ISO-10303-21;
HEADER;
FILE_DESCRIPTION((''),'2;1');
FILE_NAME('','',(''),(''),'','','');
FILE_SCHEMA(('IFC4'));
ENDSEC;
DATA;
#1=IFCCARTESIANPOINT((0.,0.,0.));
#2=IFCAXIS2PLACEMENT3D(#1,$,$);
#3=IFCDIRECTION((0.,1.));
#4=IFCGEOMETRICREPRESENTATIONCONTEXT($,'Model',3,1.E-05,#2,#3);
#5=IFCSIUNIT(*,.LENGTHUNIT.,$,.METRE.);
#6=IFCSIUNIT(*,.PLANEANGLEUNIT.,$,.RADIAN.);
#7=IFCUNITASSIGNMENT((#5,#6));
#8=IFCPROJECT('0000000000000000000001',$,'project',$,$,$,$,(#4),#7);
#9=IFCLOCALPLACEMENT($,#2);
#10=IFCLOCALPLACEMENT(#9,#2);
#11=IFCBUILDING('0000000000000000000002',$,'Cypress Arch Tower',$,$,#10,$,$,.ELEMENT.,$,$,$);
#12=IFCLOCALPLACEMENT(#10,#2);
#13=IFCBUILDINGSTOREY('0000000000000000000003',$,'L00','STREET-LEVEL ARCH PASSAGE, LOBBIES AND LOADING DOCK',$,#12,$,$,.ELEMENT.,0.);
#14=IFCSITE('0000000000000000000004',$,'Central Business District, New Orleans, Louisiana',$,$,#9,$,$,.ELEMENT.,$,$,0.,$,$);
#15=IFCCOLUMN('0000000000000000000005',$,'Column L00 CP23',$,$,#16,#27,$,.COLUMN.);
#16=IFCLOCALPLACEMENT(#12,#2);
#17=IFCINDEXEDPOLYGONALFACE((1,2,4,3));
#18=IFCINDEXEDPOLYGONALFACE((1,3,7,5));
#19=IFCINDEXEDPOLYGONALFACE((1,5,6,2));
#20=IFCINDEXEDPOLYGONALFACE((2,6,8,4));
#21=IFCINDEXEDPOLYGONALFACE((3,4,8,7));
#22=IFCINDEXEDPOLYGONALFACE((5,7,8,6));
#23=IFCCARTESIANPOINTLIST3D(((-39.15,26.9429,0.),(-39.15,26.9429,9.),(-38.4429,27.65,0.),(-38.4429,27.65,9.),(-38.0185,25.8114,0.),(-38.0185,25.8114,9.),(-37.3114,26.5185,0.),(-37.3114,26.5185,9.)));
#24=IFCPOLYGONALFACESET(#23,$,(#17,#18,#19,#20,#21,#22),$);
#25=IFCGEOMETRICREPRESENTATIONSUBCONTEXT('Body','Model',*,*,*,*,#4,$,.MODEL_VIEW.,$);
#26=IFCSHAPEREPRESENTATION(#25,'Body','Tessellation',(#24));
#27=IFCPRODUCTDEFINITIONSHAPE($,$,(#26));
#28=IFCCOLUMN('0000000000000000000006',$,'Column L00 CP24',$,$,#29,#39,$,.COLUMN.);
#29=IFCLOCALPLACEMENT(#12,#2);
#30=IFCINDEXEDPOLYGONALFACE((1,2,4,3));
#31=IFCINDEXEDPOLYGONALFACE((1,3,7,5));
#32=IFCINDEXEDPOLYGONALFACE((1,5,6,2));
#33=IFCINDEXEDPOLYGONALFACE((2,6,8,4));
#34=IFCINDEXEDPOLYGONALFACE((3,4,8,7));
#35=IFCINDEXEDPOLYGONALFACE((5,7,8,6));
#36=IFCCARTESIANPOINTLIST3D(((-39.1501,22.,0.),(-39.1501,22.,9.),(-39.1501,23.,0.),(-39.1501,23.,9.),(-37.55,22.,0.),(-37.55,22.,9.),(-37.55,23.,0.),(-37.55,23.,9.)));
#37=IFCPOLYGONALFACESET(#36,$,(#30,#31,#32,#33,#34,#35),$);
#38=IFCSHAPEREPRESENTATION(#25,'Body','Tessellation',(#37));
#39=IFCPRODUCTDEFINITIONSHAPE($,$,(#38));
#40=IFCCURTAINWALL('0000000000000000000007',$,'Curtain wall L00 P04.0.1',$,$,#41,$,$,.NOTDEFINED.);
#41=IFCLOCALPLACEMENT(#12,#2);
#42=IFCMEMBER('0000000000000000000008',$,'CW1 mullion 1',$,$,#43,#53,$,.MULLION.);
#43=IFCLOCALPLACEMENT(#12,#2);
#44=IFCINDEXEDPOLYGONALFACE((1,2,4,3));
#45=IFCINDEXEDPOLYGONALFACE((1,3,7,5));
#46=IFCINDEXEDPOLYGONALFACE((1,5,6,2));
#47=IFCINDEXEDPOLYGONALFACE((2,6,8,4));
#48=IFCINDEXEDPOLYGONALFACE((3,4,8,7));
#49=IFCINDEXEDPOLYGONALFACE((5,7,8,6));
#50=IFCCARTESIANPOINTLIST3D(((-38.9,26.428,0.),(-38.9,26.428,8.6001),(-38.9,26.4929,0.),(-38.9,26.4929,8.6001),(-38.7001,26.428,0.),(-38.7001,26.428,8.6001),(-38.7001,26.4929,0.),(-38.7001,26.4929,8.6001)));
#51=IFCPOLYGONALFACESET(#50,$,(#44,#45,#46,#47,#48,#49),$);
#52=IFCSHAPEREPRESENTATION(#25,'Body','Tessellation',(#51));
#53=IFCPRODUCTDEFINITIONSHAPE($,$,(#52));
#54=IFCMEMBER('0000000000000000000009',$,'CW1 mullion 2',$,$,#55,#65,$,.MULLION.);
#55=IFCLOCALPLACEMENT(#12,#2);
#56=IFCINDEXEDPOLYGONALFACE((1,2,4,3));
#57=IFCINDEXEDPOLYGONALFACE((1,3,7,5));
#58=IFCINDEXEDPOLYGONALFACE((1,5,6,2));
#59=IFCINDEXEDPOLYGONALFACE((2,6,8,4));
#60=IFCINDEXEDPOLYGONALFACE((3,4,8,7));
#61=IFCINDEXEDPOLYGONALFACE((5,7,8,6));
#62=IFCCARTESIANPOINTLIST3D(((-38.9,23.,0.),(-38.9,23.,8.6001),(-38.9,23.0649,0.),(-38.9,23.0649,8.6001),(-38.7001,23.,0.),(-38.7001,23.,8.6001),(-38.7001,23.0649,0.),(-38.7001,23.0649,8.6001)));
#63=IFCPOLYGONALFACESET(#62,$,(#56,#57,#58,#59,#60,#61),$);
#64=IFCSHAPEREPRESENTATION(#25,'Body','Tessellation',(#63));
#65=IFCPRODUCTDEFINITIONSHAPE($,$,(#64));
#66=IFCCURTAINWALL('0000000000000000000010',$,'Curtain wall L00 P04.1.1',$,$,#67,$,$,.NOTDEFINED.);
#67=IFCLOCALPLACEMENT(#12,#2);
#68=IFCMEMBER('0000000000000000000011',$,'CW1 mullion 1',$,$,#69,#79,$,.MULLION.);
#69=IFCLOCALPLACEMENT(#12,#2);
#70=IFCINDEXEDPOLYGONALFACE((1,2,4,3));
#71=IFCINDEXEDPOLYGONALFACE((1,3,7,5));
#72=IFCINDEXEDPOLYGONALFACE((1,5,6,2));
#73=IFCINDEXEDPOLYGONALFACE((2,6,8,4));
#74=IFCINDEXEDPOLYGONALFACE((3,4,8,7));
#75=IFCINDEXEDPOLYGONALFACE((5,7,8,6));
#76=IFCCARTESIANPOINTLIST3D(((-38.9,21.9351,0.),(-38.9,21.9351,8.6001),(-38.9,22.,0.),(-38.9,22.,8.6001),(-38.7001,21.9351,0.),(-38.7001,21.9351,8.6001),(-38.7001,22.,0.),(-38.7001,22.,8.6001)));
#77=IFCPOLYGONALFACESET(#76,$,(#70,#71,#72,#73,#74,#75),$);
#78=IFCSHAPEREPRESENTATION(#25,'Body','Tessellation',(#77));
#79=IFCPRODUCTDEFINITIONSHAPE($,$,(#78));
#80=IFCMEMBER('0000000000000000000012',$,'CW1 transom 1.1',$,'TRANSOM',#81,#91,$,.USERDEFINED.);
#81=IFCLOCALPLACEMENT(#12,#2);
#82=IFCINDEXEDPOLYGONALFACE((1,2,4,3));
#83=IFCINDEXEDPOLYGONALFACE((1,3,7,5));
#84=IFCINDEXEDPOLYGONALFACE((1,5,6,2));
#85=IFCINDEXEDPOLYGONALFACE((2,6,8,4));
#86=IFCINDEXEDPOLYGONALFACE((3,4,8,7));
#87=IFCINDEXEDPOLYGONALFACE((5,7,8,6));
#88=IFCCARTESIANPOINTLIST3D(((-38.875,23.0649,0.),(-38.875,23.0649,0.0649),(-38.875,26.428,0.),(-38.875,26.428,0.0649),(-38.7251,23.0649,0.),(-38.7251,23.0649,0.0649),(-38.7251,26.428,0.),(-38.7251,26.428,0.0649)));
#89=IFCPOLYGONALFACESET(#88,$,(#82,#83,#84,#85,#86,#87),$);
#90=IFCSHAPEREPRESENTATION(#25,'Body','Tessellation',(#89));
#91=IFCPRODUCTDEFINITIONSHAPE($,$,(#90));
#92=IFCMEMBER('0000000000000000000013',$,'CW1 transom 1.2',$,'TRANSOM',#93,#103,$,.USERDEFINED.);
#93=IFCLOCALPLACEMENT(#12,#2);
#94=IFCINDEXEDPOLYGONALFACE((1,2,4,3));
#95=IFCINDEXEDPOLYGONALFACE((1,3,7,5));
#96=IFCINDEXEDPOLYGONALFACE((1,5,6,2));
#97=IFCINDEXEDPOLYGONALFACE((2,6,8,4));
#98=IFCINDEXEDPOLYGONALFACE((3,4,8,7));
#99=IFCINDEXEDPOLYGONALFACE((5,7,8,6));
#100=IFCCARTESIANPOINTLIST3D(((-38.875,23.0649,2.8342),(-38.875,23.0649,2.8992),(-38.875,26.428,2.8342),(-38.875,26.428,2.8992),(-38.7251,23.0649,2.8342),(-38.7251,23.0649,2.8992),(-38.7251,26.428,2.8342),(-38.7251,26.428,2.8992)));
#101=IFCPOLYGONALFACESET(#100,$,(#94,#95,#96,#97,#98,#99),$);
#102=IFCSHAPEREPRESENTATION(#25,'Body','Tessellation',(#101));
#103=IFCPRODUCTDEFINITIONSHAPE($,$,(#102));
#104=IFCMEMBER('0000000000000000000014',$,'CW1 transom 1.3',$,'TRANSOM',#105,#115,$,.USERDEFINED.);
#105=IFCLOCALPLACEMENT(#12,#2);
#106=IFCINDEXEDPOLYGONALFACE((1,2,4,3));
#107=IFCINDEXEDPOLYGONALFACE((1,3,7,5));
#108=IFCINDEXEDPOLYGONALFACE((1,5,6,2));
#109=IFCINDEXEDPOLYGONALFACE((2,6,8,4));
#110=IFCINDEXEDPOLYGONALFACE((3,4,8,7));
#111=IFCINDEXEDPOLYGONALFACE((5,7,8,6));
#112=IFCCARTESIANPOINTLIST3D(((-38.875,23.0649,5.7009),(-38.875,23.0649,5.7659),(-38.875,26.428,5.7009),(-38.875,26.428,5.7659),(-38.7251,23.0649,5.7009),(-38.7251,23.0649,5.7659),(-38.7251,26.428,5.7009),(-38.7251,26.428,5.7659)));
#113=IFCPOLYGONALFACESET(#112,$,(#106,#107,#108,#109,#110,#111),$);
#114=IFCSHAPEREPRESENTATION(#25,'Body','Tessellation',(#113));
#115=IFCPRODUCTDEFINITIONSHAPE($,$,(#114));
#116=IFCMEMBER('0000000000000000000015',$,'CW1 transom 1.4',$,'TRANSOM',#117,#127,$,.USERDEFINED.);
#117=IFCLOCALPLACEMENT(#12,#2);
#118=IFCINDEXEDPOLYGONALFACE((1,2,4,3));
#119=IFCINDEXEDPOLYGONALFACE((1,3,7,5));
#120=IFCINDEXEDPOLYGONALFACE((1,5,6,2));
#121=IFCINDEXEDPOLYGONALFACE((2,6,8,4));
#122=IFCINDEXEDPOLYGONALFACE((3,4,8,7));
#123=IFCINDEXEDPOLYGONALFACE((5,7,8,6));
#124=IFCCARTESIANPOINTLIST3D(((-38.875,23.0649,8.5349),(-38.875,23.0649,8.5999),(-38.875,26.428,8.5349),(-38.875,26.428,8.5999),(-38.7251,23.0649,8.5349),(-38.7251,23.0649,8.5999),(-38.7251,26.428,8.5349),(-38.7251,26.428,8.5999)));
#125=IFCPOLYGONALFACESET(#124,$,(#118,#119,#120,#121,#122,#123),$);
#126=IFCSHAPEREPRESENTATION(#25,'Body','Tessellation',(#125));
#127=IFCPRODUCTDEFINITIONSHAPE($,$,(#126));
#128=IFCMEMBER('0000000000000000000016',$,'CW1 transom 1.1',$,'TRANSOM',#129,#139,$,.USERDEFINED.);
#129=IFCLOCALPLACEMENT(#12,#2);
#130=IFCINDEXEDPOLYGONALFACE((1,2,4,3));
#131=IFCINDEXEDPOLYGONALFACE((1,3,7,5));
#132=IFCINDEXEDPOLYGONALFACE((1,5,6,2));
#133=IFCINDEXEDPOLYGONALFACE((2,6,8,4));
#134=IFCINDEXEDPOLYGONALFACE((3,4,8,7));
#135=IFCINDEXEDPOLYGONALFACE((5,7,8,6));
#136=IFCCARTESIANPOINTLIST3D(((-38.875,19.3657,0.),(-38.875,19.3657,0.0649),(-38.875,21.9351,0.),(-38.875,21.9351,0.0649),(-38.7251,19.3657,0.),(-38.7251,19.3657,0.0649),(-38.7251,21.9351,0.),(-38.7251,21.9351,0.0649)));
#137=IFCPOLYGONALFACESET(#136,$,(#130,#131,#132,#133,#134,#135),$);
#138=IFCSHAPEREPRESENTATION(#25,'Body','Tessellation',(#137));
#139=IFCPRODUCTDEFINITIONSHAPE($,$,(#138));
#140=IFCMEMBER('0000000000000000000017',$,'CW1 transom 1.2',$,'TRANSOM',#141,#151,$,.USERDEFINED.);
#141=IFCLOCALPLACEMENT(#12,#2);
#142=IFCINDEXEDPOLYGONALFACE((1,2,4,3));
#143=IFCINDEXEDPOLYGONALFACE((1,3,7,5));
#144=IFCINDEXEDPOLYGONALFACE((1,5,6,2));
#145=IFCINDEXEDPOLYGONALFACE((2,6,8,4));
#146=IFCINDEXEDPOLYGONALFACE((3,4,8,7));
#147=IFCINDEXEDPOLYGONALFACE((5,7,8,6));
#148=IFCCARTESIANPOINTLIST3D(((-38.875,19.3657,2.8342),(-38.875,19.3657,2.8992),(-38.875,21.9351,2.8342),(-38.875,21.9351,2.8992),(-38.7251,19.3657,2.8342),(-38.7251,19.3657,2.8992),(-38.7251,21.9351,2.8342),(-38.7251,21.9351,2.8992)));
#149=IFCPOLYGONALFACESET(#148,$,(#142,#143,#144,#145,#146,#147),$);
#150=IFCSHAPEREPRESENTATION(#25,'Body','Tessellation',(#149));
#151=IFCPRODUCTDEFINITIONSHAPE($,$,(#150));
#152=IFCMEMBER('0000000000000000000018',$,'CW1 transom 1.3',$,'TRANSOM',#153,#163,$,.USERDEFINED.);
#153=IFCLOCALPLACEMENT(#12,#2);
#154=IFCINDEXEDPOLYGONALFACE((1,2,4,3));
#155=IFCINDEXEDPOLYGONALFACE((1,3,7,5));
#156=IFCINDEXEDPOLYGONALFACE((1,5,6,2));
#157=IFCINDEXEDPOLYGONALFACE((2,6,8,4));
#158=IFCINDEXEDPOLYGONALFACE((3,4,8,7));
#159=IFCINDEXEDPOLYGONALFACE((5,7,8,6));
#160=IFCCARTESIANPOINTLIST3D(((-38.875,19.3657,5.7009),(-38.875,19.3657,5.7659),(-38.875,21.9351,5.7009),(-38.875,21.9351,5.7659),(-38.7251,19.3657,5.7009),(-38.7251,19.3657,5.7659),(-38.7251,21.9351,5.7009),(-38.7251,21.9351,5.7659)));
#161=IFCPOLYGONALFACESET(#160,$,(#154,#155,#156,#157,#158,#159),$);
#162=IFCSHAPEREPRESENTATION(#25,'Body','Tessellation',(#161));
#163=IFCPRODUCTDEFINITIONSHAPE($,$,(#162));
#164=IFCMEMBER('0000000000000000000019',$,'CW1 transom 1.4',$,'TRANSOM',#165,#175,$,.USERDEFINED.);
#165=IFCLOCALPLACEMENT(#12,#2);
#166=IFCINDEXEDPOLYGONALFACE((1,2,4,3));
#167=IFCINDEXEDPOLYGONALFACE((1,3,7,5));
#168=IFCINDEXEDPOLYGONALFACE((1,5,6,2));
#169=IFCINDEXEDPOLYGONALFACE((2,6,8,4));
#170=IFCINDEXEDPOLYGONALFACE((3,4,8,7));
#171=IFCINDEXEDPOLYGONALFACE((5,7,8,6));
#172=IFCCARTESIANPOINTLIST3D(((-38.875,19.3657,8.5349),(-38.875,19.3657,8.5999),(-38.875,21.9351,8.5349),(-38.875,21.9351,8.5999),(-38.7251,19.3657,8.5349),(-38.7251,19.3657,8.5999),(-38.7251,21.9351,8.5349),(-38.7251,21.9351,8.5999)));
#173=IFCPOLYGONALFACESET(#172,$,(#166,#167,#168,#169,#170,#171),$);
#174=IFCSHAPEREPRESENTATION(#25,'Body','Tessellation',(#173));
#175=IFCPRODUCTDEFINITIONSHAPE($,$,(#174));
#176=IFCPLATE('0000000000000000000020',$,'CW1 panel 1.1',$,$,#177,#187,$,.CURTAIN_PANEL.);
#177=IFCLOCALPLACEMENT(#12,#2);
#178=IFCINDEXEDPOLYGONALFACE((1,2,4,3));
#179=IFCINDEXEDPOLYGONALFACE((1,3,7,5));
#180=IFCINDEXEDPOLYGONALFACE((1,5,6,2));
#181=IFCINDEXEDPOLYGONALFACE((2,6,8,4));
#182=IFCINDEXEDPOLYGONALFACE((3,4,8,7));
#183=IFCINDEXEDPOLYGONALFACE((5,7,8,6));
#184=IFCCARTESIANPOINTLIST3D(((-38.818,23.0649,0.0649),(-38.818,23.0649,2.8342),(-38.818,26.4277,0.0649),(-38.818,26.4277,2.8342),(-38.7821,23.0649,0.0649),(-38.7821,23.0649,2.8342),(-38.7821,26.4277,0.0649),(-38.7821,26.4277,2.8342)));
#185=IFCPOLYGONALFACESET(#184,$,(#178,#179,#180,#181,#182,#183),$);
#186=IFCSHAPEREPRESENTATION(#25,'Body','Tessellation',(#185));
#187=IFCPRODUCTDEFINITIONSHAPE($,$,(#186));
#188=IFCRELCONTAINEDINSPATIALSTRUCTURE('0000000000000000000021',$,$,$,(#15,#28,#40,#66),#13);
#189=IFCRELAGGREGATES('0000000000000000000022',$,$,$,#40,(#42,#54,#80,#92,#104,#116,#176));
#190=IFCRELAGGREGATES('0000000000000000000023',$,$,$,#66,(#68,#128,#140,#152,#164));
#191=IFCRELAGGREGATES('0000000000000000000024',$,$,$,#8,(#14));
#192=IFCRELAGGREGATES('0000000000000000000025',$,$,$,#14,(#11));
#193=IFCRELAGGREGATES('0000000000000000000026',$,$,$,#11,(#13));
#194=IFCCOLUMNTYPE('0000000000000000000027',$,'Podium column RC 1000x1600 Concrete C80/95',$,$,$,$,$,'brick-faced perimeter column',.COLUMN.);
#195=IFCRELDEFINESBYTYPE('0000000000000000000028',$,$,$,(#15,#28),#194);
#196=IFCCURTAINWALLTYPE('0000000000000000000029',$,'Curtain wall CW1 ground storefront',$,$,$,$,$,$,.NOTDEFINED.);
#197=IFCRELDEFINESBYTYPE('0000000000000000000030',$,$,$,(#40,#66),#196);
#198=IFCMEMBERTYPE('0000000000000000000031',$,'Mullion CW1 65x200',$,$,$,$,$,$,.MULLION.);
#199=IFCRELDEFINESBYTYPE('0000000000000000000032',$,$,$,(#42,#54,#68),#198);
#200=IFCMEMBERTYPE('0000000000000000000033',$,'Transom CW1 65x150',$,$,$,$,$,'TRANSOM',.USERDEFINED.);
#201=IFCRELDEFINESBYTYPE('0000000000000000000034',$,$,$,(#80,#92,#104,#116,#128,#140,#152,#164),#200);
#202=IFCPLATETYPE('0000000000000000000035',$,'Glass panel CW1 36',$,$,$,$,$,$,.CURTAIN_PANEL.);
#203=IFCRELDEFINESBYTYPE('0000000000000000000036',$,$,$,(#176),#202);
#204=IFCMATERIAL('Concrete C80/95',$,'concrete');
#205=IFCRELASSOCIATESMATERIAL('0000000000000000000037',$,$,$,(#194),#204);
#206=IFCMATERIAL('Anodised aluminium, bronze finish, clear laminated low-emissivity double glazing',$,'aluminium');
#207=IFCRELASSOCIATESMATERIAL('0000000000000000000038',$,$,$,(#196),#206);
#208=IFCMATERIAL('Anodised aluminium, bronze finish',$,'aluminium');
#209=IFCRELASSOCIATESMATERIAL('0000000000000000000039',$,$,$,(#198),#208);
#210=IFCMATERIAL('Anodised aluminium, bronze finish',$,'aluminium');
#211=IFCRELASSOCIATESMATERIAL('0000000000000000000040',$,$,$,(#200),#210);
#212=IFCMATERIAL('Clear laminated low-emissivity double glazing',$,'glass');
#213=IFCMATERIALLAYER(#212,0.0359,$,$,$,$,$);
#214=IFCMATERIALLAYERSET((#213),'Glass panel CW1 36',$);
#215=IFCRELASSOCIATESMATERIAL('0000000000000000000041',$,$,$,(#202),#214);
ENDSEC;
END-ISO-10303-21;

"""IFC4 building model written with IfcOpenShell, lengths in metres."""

from ifc_helpers import new_model, si_unit, direction, frame, origin, origin_2d, place, context, subcontext, project, spatial, rectangle, extrude, material, layer, layer_set, material_profile, profile_set, type_object, element, aggregate, save


model = new_model("IFC4")

# Units and contexts
model_context = context("Model", 3, precision=1e-05, world=origin(), true_north=direction((0.0, 1.0)))
body_context = subcontext(model_context, "Body", "Model", "MODEL_VIEW")
ifc_project = project(units=[si_unit("LENGTHUNIT", "METRE"), si_unit("PLANEANGLEUNIT", "RADIAN")], contexts=[model_context])

# Site, building, storey
site_placement = place(None, origin())
site = spatial("IfcSite", under=ifc_project, at=site_placement, Name="Central Business District, New Orleans, Louisiana", CompositionType="ELEMENT", RefElevation=0.0)
building_placement = place(site_placement, origin())
building = spatial("IfcBuilding", under=site, at=building_placement, Name="Cypress Arch Tower", CompositionType="ELEMENT")
storey_placement = place(building_placement, origin())
storey = spatial("IfcBuildingStorey", under=building, at=storey_placement, Name="L00", Description="STREET-LEVEL ARCH PASSAGE, LOBBIES AND LOADING DOCK", CompositionType="ELEMENT", Elevation=0.0)

# Columns
ifc_material_1 = material(Name="Concrete C80/95", Category="concrete")
ifc_material_profile_1 = material_profile(ifc_material_1, rectangle(XDim=1.0, YDim=1.6001, at=origin_2d()), Name="RC 1000x1600")
ifc_profile_set_1 = profile_set([ifc_material_profile_1], Name="Concrete C80/95")
column_type = type_object("IfcColumnType", Name="Podium column RC 1000x1600 Concrete C80/95", ElementType="brick-faced perimeter column", PredefinedType="COLUMN", material=ifc_profile_set_1)
for number, where, z_axis, x_axis, name in (
    (1, (-38.2307, 26.7307, 0.0), (0.0, 0.0, 1.0), (-0.707107, -0.707107, 0.0), "Column L00 CP23"),
    (2, (-38.3501, 22.5, 0.0), (0.0, 0.0, 1.0), (0.0, -1.0, 0.0), "Column L00 CP24"),
):
    element("IfcColumn", number, at=place(storey_placement, frame(where, z_axis=z_axis, x_axis=x_axis)), inside=storey, type_object=column_type, Name=name, PredefinedType="COLUMN", context=body_context, shape_type="SweptSolid", body=[
        extrude(rectangle(XDim=1.0, YDim=1.6001, at=origin_2d()), origin(), (0.0, 0.0, 1.0), 9.0),
    ])

# Curtain wall, members
ifc_material_2 = material(Name="Anodised aluminium, bronze finish, clear laminated low-emissivity double glazing", Category="aluminium")
curtain_wall_type = type_object("IfcCurtainWallType", Name="Curtain wall CW1 ground storefront", PredefinedType="NOTDEFINED", material=ifc_material_2)
curtain_wall_1_placement = place(storey_placement, origin())
curtain_wall_1 = element("IfcCurtainWall", 3, at=curtain_wall_1_placement, inside=storey, type_object=curtain_wall_type, Name="Curtain wall L00 P04.0.1", PredefinedType="NOTDEFINED")
ifc_material_3 = material(Name="Anodised aluminium, bronze finish", Category="aluminium")
ifc_material_profile_2 = material_profile(ifc_material_3, rectangle(XDim=0.2, YDim=0.0649, at=origin_2d()), Name="Mullion 65x200")
ifc_profile_set_2 = profile_set([ifc_material_profile_2], Name="Anodised aluminium, bronze finish")
member_type_1 = type_object("IfcMemberType", Name="Mullion CW1 65x200", PredefinedType="MULLION", material=ifc_profile_set_2)
member_1_placement = place(storey_placement, frame((-38.8, 26.4604, 0.0), z_axis=(0.0, 0.0, 1.0), x_axis=(1.0, 0.0, 0.0)))
member_1 = element("IfcMember", 4, at=member_1_placement, type_object=member_type_1, Name="CW1 mullion 1", PredefinedType="MULLION", context=body_context, shape_type="SweptSolid", body=[
    extrude(rectangle(XDim=0.2, YDim=0.0649, at=origin_2d()), origin(), (0.0, 0.0, 1.0), 8.6001),
])
member_2_placement = place(storey_placement, frame((-38.8, 23.0325, 0.0), z_axis=(0.0, 0.0, 1.0), x_axis=(1.0, 0.0, 0.0)))
member_2 = element("IfcMember", 5, at=member_2_placement, type_object=member_type_1, Name="CW1 mullion 2", PredefinedType="MULLION", context=body_context, shape_type="SweptSolid", body=[
    extrude(rectangle(XDim=0.2, YDim=0.0649, at=origin_2d()), origin(), (0.0, 0.0, 1.0), 8.6001),
])

# Curtain wall, member
curtain_wall_2_placement = place(storey_placement, origin())
curtain_wall_2 = element("IfcCurtainWall", 6, at=curtain_wall_2_placement, inside=storey, type_object=curtain_wall_type, Name="Curtain wall L00 P04.1.1", PredefinedType="NOTDEFINED")
member_3_placement = place(storey_placement, frame((-38.8, 21.9675, 0.0), z_axis=(0.0, 0.0, 1.0), x_axis=(1.0, 0.0, 0.0)))
member_3 = element("IfcMember", 7, at=member_3_placement, type_object=member_type_1, Name="CW1 mullion 1", PredefinedType="MULLION", context=body_context, shape_type="SweptSolid", body=[
    extrude(rectangle(XDim=0.2, YDim=0.0649, at=origin_2d()), origin(), (0.0, 0.0, 1.0), 8.6001),
])

# Members
ifc_material_4 = material(Name="Anodised aluminium, bronze finish", Category="aluminium")
ifc_material_profile_3 = material_profile(ifc_material_4, rectangle(XDim=0.1499, YDim=0.0649, at=origin_2d()), Name="Transom 65x150")
ifc_profile_set_3 = profile_set([ifc_material_profile_3], Name="Anodised aluminium, bronze finish")
member_type_2 = type_object("IfcMemberType", Name="Transom CW1 65x150", ElementType="TRANSOM", PredefinedType="USERDEFINED", material=ifc_profile_set_3)
member_4_placement = place(storey_placement, frame((-38.8, 26.428, 0.0325), z_axis=(0.0, -1.0, 0.0), x_axis=(1.0, 0.0, 0.0)))
member_4 = element("IfcMember", 8, at=member_4_placement, type_object=member_type_2, Name="CW1 transom 1.1", ObjectType="TRANSOM", PredefinedType="USERDEFINED", context=body_context, shape_type="SweptSolid", body=[
    extrude(rectangle(XDim=0.1499, YDim=0.0649, at=origin_2d()), origin(), (0.0, 0.0, 1.0), 3.363),
])
member_5_placement = place(storey_placement, frame((-38.8, 26.428, 2.8667), z_axis=(0.0, -1.0, 0.0), x_axis=(1.0, 0.0, 0.0)))
member_5 = element("IfcMember", 9, at=member_5_placement, type_object=member_type_2, Name="CW1 transom 1.2", ObjectType="TRANSOM", PredefinedType="USERDEFINED", context=body_context, shape_type="SweptSolid", body=[
    extrude(rectangle(XDim=0.1499, YDim=0.0649, at=origin_2d()), origin(), (0.0, 0.0, 1.0), 3.363),
])
member_6_placement = place(storey_placement, frame((-38.8, 26.428, 5.7334), z_axis=(0.0, -1.0, 0.0), x_axis=(1.0, 0.0, 0.0)))
member_6 = element("IfcMember", 10, at=member_6_placement, type_object=member_type_2, Name="CW1 transom 1.3", ObjectType="TRANSOM", PredefinedType="USERDEFINED", context=body_context, shape_type="SweptSolid", body=[
    extrude(rectangle(XDim=0.1499, YDim=0.0649, at=origin_2d()), origin(), (0.0, 0.0, 1.0), 3.363),
])
member_7_placement = place(storey_placement, frame((-38.8, 26.428, 8.5674), z_axis=(0.0, -1.0, 0.0), x_axis=(1.0, 0.0, 0.0)))
member_7 = element("IfcMember", 11, at=member_7_placement, type_object=member_type_2, Name="CW1 transom 1.4", ObjectType="TRANSOM", PredefinedType="USERDEFINED", context=body_context, shape_type="SweptSolid", body=[
    extrude(rectangle(XDim=0.1499, YDim=0.0649, at=origin_2d()), origin(), (0.0, 0.0, 1.0), 3.363),
])
member_8_placement = place(storey_placement, frame((-38.8, 21.9351, 0.0325), z_axis=(0.0, -1.0, 0.0), x_axis=(1.0, 0.0, 0.0)))
member_8 = element("IfcMember", 12, at=member_8_placement, type_object=member_type_2, Name="CW1 transom 1.1", ObjectType="TRANSOM", PredefinedType="USERDEFINED", context=body_context, shape_type="SweptSolid", body=[
    extrude(rectangle(XDim=0.1499, YDim=0.0649, at=origin_2d()), origin(), (0.0, 0.0, 1.0), 2.5693),
])
member_9_placement = place(storey_placement, frame((-38.8, 21.9351, 2.8667), z_axis=(0.0, -1.0, 0.0), x_axis=(1.0, 0.0, 0.0)))
member_9 = element("IfcMember", 13, at=member_9_placement, type_object=member_type_2, Name="CW1 transom 1.2", ObjectType="TRANSOM", PredefinedType="USERDEFINED", context=body_context, shape_type="SweptSolid", body=[
    extrude(rectangle(XDim=0.1499, YDim=0.0649, at=origin_2d()), origin(), (0.0, 0.0, 1.0), 2.5693),
])
member_10_placement = place(storey_placement, frame((-38.8, 21.9351, 5.7334), z_axis=(0.0, -1.0, 0.0), x_axis=(1.0, 0.0, 0.0)))
member_10 = element("IfcMember", 14, at=member_10_placement, type_object=member_type_2, Name="CW1 transom 1.3", ObjectType="TRANSOM", PredefinedType="USERDEFINED", context=body_context, shape_type="SweptSolid", body=[
    extrude(rectangle(XDim=0.1499, YDim=0.0649, at=origin_2d()), origin(), (0.0, 0.0, 1.0), 2.5693),
])
member_11_placement = place(storey_placement, frame((-38.8, 21.9351, 8.5674), z_axis=(0.0, -1.0, 0.0), x_axis=(1.0, 0.0, 0.0)))
member_11 = element("IfcMember", 15, at=member_11_placement, type_object=member_type_2, Name="CW1 transom 1.4", ObjectType="TRANSOM", PredefinedType="USERDEFINED", context=body_context, shape_type="SweptSolid", body=[
    extrude(rectangle(XDim=0.1499, YDim=0.0649, at=origin_2d()), origin(), (0.0, 0.0, 1.0), 2.5693),
])

# Plate
ifc_material_5 = material(Name="Clear laminated low-emissivity double glazing", Category="glass")
ifc_layer_1 = layer(ifc_material_5, 0.0359)
ifc_layer_set_1 = layer_set([ifc_layer_1], Name="Glass panel CW1 36")
plate_type = type_object("IfcPlateType", Name="Glass panel CW1 36", PredefinedType="CURTAIN_PANEL", material=ifc_layer_set_1)
plate_1_placement = place(storey_placement, frame((-38.8, 24.7463, 0.0649), z_axis=(0.0, 0.0, 1.0), x_axis=(0.0, -1.0, 0.0)))
plate_1 = element("IfcPlate", 16, at=plate_1_placement, type_object=plate_type, Name="CW1 panel 1.1", PredefinedType="CURTAIN_PANEL", context=body_context, shape_type="SweptSolid", body=[
    extrude(rectangle(XDim=3.3628, YDim=0.0359, at=origin_2d()), origin(), (0.0, 0.0, 1.0), 2.7693),
])
aggregate(curtain_wall_1, [member_1, member_2, member_4, member_5, member_6, member_7, plate_1])
aggregate(curtain_wall_2, [member_3, member_8, member_9, member_10, member_11])

save(model, "model.ifc")
